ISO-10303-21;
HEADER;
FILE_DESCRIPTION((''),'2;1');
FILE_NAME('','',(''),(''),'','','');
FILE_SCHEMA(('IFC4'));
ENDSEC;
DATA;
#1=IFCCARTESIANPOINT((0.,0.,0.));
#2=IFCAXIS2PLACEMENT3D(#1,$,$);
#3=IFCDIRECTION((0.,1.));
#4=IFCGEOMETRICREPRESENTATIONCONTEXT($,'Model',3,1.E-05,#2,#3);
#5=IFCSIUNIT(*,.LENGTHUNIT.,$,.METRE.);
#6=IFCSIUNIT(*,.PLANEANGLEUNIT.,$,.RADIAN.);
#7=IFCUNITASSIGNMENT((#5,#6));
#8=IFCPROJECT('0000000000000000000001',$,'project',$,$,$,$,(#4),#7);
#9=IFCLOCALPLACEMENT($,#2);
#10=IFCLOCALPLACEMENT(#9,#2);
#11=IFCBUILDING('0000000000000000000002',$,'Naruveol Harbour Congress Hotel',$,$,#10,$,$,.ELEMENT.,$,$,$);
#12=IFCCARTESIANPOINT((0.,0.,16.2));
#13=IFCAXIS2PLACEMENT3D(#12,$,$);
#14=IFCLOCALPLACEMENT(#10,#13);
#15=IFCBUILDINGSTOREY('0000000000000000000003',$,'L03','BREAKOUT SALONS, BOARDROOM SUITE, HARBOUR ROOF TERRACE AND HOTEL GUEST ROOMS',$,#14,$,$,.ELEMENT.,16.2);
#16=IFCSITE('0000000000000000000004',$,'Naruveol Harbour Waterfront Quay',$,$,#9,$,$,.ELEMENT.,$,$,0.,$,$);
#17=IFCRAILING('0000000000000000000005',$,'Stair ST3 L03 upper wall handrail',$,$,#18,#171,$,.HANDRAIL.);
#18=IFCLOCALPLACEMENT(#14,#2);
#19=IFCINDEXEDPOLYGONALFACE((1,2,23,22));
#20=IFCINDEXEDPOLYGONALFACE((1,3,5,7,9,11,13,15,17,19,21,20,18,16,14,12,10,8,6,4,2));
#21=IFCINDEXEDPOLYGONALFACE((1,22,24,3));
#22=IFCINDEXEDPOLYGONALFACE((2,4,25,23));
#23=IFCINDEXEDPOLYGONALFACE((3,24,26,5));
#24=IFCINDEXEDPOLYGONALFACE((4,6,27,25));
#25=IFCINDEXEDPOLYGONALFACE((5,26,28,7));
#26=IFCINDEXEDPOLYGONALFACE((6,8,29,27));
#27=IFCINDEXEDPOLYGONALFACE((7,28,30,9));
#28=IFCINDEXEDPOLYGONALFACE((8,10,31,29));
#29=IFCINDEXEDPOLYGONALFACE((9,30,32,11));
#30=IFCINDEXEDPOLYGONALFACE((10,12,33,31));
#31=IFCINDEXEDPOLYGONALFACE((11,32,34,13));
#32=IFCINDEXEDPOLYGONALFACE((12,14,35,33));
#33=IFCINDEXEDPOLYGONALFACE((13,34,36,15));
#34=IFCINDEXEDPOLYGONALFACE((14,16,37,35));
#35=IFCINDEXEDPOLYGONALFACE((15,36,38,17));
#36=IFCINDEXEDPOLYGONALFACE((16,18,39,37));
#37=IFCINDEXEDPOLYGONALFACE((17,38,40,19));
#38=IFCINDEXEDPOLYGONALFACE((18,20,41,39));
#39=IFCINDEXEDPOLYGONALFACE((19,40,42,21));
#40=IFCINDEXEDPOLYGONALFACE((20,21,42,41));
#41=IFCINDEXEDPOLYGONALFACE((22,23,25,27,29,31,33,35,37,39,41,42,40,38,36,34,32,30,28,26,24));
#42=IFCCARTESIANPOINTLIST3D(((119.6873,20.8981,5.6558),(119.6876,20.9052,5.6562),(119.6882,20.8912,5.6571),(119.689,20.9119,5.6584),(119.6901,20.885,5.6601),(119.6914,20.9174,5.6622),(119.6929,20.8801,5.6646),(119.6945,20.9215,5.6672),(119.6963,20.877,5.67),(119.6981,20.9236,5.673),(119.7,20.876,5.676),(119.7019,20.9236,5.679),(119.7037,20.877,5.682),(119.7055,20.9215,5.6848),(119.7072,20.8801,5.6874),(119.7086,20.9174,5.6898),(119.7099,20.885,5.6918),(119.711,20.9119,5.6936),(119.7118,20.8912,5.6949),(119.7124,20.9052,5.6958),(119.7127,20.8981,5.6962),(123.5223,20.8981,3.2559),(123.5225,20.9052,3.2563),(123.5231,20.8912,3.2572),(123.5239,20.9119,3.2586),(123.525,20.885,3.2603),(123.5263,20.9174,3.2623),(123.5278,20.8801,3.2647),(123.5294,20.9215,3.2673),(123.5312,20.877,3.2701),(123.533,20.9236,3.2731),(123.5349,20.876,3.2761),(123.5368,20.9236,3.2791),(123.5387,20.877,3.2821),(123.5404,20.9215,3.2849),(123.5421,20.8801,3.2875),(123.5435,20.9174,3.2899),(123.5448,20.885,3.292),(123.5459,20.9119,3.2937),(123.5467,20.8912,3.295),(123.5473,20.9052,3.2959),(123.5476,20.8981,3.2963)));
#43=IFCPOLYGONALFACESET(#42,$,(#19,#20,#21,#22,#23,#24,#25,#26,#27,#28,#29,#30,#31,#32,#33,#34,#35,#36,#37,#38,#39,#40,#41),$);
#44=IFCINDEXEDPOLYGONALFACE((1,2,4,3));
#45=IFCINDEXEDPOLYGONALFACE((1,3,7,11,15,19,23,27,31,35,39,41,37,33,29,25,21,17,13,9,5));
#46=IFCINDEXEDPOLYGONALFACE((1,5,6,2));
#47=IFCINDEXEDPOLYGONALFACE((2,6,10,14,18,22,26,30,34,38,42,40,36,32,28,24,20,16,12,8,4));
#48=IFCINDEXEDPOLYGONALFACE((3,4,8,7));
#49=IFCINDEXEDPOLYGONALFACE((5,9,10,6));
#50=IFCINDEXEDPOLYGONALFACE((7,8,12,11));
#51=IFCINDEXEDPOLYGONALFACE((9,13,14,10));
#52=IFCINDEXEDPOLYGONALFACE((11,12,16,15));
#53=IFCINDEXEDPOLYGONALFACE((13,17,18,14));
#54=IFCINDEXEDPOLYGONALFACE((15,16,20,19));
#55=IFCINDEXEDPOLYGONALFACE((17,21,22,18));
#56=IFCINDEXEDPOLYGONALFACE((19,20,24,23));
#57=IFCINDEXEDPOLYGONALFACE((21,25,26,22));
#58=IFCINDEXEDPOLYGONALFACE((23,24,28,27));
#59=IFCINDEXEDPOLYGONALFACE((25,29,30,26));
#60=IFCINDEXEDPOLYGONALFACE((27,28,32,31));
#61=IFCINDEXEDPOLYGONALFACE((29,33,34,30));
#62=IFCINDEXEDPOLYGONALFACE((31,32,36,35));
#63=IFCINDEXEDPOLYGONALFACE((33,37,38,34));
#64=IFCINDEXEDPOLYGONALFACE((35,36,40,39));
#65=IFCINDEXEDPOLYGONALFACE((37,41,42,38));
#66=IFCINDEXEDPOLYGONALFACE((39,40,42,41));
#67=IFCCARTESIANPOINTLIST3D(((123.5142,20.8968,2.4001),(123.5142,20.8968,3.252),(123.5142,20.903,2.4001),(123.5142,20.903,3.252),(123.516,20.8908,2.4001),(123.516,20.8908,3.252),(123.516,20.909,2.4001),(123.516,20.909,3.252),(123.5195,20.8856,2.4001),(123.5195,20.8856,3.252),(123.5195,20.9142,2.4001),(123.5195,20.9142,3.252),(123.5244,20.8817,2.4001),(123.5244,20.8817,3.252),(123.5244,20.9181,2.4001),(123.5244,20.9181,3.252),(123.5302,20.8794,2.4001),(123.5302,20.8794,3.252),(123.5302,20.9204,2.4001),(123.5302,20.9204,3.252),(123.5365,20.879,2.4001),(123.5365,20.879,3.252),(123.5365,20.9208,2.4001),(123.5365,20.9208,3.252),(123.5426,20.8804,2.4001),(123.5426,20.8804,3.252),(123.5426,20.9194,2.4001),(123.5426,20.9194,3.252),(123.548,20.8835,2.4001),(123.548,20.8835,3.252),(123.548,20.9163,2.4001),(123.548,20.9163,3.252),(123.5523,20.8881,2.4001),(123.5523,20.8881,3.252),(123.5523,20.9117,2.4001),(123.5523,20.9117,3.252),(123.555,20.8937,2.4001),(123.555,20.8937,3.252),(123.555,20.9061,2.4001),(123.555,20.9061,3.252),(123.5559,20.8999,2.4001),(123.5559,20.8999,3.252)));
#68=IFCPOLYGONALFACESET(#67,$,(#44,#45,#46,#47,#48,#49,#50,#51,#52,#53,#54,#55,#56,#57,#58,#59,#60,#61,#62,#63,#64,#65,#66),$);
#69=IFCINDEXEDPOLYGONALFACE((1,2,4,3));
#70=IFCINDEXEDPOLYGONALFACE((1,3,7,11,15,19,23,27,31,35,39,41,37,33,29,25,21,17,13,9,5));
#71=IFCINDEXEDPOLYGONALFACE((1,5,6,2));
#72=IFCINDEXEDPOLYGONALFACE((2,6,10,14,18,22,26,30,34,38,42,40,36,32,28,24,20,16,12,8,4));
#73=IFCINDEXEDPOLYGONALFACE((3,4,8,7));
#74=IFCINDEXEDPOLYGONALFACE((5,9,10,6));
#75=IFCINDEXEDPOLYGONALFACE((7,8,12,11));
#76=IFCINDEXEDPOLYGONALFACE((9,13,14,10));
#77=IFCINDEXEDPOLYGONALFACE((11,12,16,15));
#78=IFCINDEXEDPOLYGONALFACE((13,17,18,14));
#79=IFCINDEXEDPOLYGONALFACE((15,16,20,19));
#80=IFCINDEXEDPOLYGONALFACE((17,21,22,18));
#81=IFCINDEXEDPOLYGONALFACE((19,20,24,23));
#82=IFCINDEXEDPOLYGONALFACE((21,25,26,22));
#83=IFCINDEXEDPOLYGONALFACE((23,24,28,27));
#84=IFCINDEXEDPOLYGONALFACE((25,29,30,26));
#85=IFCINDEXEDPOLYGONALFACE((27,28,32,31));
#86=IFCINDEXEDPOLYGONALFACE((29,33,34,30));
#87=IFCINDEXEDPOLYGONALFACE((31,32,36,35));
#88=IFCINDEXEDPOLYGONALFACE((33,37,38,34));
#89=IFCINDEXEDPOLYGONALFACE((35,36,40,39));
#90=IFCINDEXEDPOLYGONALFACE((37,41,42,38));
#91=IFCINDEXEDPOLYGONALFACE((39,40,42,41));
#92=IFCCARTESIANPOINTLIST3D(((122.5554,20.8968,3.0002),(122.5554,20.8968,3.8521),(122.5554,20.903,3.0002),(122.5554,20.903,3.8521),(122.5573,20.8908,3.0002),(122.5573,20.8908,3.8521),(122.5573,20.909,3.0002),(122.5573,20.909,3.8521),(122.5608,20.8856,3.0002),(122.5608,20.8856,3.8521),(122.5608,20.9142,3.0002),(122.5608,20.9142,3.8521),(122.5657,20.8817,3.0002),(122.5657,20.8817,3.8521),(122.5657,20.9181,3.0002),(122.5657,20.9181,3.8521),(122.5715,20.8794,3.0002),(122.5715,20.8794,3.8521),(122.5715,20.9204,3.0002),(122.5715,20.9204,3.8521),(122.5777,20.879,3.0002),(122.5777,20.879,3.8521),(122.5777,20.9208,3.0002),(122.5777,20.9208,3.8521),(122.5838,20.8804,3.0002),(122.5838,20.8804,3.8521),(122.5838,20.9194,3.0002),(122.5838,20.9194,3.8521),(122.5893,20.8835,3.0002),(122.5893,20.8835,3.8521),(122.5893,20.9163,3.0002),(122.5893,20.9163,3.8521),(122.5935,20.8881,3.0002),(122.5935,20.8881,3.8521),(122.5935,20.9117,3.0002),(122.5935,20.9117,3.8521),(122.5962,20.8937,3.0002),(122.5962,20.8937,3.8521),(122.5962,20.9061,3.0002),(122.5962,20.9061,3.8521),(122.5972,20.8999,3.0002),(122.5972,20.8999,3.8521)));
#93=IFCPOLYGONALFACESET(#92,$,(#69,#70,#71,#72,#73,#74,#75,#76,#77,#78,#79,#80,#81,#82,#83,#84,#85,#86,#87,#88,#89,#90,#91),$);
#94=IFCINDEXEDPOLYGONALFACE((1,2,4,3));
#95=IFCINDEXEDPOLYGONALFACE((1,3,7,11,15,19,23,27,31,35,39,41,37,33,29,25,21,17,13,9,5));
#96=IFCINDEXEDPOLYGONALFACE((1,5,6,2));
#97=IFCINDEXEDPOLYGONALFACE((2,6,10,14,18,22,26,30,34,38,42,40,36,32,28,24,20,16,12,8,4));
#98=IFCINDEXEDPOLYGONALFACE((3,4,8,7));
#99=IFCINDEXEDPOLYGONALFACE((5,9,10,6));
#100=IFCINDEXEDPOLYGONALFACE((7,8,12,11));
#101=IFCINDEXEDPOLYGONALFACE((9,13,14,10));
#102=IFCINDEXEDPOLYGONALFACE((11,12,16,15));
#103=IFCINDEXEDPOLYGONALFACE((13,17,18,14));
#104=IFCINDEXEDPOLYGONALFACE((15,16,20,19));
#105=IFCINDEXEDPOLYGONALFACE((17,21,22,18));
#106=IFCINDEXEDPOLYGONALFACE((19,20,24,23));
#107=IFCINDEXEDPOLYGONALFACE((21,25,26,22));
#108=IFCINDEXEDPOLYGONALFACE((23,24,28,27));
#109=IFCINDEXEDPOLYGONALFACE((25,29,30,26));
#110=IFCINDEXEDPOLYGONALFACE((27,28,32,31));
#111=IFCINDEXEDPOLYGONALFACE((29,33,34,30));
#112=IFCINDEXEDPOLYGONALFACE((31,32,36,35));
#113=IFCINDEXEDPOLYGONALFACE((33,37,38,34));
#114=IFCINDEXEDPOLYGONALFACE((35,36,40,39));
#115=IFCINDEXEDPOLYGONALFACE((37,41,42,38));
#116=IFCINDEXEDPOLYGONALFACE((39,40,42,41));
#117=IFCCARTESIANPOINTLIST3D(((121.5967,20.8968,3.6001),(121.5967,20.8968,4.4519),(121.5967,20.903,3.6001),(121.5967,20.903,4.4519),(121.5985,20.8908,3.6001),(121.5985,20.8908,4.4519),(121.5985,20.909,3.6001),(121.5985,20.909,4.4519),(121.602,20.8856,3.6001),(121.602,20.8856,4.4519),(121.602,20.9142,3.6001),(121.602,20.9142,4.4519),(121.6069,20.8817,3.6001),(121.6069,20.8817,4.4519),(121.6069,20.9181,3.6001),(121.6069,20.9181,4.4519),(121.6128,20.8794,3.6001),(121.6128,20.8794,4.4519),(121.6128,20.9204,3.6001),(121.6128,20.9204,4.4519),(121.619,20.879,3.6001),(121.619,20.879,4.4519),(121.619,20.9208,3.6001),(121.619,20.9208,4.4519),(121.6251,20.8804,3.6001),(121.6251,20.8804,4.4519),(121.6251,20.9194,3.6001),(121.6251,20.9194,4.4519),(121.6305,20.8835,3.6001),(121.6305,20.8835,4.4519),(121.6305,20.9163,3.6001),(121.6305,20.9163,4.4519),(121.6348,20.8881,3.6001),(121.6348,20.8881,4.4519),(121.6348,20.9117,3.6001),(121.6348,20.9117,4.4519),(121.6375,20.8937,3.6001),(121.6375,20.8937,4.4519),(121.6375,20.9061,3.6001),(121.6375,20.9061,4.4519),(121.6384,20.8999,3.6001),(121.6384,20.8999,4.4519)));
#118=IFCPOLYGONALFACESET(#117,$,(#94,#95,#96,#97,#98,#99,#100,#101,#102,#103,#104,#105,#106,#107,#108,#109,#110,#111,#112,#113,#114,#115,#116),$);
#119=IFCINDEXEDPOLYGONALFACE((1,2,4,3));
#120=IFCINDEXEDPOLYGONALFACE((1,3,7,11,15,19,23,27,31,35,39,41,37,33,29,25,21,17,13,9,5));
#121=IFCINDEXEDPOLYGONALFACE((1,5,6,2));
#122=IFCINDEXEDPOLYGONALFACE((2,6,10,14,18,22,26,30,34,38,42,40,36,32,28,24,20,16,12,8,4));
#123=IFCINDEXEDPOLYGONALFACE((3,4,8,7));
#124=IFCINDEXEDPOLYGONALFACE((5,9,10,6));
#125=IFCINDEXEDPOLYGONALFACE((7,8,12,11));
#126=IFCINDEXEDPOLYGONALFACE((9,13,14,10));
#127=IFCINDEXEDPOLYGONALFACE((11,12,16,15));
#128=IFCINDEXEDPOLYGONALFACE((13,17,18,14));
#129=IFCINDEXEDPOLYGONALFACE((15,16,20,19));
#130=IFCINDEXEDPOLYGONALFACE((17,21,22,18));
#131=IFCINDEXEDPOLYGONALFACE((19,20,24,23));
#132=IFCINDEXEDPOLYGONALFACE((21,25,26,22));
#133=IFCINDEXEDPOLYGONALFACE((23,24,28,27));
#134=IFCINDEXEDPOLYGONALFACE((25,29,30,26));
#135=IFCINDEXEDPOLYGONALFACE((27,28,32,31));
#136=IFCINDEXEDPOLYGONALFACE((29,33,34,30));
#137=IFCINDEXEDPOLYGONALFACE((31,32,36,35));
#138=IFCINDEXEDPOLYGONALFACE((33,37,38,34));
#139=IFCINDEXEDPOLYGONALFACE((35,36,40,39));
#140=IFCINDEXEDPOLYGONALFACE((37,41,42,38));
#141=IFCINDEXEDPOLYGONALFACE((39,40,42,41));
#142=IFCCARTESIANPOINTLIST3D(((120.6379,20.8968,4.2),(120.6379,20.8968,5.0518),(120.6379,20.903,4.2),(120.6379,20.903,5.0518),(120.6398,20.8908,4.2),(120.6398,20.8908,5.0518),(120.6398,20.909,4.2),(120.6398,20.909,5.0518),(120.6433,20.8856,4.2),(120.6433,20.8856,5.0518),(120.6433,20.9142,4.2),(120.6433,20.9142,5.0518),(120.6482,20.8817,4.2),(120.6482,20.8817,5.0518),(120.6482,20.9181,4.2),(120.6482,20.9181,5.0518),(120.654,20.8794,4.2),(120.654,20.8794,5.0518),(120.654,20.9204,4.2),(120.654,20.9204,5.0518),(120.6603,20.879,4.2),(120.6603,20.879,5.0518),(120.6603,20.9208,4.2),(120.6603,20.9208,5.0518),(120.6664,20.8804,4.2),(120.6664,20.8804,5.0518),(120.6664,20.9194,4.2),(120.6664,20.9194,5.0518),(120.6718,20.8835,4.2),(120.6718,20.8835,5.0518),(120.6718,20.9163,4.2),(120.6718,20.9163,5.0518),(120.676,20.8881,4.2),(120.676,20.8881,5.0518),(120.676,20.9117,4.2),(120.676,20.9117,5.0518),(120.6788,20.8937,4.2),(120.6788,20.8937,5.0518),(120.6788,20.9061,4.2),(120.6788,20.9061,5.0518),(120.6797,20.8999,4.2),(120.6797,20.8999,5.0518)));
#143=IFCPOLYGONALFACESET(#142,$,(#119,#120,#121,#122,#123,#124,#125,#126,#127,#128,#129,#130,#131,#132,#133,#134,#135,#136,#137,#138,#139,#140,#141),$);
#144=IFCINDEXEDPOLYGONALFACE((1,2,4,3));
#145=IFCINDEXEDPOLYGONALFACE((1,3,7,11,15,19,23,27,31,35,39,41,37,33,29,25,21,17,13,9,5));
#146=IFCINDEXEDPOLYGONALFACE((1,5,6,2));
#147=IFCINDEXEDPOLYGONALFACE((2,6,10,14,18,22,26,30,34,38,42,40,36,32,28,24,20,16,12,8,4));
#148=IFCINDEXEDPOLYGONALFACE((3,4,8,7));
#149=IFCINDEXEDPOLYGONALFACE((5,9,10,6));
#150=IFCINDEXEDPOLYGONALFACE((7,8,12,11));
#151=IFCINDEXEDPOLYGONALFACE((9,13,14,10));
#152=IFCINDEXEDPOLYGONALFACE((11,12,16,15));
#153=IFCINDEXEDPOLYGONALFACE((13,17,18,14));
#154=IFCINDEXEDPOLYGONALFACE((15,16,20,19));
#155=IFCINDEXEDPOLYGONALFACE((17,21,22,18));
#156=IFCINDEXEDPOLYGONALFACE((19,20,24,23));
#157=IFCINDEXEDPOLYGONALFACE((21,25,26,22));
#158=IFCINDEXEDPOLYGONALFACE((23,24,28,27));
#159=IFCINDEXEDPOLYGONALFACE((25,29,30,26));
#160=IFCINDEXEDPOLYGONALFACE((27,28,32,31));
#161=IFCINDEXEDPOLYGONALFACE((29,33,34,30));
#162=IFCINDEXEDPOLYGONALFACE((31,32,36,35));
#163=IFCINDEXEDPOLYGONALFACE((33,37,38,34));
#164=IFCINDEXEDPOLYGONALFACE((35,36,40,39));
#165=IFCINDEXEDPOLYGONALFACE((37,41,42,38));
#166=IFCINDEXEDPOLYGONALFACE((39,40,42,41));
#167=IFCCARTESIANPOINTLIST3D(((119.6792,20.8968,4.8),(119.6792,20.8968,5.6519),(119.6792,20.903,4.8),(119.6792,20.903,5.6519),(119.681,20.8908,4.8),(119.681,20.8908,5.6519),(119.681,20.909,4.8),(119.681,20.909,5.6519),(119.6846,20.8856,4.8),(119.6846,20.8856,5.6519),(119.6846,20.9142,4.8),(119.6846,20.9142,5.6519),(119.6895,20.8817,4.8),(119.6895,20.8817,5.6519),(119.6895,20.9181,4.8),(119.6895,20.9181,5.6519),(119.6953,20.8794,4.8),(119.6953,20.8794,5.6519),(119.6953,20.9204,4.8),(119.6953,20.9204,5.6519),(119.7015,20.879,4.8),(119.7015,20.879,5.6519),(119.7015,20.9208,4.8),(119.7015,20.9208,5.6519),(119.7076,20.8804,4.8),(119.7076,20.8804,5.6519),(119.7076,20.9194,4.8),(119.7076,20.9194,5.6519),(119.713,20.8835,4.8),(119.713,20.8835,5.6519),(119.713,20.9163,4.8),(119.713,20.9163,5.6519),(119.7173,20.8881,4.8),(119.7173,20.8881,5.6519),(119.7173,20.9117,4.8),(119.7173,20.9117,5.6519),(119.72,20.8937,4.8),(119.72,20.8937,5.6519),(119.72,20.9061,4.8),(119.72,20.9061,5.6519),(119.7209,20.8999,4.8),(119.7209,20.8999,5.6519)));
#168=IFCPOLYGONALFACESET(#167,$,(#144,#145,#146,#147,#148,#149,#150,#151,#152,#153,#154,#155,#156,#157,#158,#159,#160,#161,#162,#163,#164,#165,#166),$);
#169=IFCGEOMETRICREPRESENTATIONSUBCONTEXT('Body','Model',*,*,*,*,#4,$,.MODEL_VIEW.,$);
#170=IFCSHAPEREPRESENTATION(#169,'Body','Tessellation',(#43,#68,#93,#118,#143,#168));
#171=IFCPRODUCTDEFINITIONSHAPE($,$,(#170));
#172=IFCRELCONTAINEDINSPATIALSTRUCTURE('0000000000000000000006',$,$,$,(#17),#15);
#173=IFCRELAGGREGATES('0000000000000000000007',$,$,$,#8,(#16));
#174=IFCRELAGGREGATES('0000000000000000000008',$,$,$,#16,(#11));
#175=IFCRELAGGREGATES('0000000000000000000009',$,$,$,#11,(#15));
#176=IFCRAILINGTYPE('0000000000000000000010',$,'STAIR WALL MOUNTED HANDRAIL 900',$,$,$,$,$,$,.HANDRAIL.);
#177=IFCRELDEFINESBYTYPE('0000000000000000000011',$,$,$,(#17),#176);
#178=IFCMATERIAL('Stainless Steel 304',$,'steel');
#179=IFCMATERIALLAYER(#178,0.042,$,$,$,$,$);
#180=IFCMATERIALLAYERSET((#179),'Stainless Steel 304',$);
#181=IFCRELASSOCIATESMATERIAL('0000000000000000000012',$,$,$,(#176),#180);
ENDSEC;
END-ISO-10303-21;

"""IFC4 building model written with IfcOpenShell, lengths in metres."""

from ifc_helpers import new_model, si_unit, direction, frame, origin, origin_2d, place, context, subcontext, project, spatial, circle, extrude, material, layer, layer_set, type_object, element, save


model = new_model("IFC4")

# Units and contexts
model_context = context("Model", 3, precision=1e-05, world=origin(), true_north=direction((0.0, 1.0)))
body_context = subcontext(model_context, "Body", "Model", "MODEL_VIEW")
ifc_project = project(units=[si_unit("LENGTHUNIT", "METRE"), si_unit("PLANEANGLEUNIT", "RADIAN")], contexts=[model_context])

# Site, building, storey
site_placement = place(None, origin())
site = spatial("IfcSite", under=ifc_project, at=site_placement, Name="Naruveol Harbour Waterfront Quay", CompositionType="ELEMENT", RefElevation=0.0)
building_placement = place(site_placement, origin())
building = spatial("IfcBuilding", under=site, at=building_placement, Name="Naruveol Harbour Congress Hotel", CompositionType="ELEMENT")
storey_placement = place(building_placement, frame((0.0, 0.0, 16.2)))
storey = spatial("IfcBuildingStorey", under=building, at=storey_placement, Name="L03", Description="BREAKOUT SALONS, BOARDROOM SUITE, HARBOUR ROOF TERRACE AND HOTEL GUEST ROOMS", CompositionType="ELEMENT", Elevation=16.2)

# Railing
ifc_material_1 = material(Name="Stainless Steel 304", Category="steel")
ifc_layer_1 = layer(ifc_material_1, 0.042)
ifc_layer_set_1 = layer_set([ifc_layer_1], Name="Stainless Steel 304")
railing_type_1 = type_object("IfcRailingType", Name="STAIR WALL MOUNTED HANDRAIL 900", PredefinedType="HANDRAIL", material=ifc_layer_set_1)
railing_1_placement = place(storey_placement, frame((123.5349, 20.8999, 2.4001)))
element("IfcRailing", 1, at=railing_1_placement, inside=storey, type_object=railing_type_1, Name="Stair ST3 L03 upper wall handrail", PredefinedType="HANDRAIL", context=body_context, shape_type="SweptSolid", body=[
    extrude(circle(Radius=0.0239, at=origin_2d()), frame((0.0, 0.0, 0.876), z_axis=(-0.847695, 0.0, 0.530484), x_axis=(0.0, -1.0, 0.0)), (0.0, 0.0, 1.0), 4.5239),
    extrude(circle(Radius=0.021, at=origin_2d()), origin(), (0.0, 0.0, 1.0), 0.8518),
    extrude(circle(Radius=0.021, at=origin_2d()), frame((-0.9587, 0.0, 0.6001)), (0.0, 0.0, 1.0), 0.8518),
    extrude(circle(Radius=0.021, at=origin_2d()), frame((-1.9175, 0.0, 1.2)), (0.0, 0.0, 1.0), 0.8518),
    extrude(circle(Radius=0.021, at=origin_2d()), frame((-2.8762, 0.0, 1.7998)), (0.0, 0.0, 1.0), 0.8518),
    extrude(circle(Radius=0.021, at=origin_2d()), frame((-3.835, 0.0, 2.3999)), (0.0, 0.0, 1.0), 0.8518),
])

save(model, "model.ifc")
